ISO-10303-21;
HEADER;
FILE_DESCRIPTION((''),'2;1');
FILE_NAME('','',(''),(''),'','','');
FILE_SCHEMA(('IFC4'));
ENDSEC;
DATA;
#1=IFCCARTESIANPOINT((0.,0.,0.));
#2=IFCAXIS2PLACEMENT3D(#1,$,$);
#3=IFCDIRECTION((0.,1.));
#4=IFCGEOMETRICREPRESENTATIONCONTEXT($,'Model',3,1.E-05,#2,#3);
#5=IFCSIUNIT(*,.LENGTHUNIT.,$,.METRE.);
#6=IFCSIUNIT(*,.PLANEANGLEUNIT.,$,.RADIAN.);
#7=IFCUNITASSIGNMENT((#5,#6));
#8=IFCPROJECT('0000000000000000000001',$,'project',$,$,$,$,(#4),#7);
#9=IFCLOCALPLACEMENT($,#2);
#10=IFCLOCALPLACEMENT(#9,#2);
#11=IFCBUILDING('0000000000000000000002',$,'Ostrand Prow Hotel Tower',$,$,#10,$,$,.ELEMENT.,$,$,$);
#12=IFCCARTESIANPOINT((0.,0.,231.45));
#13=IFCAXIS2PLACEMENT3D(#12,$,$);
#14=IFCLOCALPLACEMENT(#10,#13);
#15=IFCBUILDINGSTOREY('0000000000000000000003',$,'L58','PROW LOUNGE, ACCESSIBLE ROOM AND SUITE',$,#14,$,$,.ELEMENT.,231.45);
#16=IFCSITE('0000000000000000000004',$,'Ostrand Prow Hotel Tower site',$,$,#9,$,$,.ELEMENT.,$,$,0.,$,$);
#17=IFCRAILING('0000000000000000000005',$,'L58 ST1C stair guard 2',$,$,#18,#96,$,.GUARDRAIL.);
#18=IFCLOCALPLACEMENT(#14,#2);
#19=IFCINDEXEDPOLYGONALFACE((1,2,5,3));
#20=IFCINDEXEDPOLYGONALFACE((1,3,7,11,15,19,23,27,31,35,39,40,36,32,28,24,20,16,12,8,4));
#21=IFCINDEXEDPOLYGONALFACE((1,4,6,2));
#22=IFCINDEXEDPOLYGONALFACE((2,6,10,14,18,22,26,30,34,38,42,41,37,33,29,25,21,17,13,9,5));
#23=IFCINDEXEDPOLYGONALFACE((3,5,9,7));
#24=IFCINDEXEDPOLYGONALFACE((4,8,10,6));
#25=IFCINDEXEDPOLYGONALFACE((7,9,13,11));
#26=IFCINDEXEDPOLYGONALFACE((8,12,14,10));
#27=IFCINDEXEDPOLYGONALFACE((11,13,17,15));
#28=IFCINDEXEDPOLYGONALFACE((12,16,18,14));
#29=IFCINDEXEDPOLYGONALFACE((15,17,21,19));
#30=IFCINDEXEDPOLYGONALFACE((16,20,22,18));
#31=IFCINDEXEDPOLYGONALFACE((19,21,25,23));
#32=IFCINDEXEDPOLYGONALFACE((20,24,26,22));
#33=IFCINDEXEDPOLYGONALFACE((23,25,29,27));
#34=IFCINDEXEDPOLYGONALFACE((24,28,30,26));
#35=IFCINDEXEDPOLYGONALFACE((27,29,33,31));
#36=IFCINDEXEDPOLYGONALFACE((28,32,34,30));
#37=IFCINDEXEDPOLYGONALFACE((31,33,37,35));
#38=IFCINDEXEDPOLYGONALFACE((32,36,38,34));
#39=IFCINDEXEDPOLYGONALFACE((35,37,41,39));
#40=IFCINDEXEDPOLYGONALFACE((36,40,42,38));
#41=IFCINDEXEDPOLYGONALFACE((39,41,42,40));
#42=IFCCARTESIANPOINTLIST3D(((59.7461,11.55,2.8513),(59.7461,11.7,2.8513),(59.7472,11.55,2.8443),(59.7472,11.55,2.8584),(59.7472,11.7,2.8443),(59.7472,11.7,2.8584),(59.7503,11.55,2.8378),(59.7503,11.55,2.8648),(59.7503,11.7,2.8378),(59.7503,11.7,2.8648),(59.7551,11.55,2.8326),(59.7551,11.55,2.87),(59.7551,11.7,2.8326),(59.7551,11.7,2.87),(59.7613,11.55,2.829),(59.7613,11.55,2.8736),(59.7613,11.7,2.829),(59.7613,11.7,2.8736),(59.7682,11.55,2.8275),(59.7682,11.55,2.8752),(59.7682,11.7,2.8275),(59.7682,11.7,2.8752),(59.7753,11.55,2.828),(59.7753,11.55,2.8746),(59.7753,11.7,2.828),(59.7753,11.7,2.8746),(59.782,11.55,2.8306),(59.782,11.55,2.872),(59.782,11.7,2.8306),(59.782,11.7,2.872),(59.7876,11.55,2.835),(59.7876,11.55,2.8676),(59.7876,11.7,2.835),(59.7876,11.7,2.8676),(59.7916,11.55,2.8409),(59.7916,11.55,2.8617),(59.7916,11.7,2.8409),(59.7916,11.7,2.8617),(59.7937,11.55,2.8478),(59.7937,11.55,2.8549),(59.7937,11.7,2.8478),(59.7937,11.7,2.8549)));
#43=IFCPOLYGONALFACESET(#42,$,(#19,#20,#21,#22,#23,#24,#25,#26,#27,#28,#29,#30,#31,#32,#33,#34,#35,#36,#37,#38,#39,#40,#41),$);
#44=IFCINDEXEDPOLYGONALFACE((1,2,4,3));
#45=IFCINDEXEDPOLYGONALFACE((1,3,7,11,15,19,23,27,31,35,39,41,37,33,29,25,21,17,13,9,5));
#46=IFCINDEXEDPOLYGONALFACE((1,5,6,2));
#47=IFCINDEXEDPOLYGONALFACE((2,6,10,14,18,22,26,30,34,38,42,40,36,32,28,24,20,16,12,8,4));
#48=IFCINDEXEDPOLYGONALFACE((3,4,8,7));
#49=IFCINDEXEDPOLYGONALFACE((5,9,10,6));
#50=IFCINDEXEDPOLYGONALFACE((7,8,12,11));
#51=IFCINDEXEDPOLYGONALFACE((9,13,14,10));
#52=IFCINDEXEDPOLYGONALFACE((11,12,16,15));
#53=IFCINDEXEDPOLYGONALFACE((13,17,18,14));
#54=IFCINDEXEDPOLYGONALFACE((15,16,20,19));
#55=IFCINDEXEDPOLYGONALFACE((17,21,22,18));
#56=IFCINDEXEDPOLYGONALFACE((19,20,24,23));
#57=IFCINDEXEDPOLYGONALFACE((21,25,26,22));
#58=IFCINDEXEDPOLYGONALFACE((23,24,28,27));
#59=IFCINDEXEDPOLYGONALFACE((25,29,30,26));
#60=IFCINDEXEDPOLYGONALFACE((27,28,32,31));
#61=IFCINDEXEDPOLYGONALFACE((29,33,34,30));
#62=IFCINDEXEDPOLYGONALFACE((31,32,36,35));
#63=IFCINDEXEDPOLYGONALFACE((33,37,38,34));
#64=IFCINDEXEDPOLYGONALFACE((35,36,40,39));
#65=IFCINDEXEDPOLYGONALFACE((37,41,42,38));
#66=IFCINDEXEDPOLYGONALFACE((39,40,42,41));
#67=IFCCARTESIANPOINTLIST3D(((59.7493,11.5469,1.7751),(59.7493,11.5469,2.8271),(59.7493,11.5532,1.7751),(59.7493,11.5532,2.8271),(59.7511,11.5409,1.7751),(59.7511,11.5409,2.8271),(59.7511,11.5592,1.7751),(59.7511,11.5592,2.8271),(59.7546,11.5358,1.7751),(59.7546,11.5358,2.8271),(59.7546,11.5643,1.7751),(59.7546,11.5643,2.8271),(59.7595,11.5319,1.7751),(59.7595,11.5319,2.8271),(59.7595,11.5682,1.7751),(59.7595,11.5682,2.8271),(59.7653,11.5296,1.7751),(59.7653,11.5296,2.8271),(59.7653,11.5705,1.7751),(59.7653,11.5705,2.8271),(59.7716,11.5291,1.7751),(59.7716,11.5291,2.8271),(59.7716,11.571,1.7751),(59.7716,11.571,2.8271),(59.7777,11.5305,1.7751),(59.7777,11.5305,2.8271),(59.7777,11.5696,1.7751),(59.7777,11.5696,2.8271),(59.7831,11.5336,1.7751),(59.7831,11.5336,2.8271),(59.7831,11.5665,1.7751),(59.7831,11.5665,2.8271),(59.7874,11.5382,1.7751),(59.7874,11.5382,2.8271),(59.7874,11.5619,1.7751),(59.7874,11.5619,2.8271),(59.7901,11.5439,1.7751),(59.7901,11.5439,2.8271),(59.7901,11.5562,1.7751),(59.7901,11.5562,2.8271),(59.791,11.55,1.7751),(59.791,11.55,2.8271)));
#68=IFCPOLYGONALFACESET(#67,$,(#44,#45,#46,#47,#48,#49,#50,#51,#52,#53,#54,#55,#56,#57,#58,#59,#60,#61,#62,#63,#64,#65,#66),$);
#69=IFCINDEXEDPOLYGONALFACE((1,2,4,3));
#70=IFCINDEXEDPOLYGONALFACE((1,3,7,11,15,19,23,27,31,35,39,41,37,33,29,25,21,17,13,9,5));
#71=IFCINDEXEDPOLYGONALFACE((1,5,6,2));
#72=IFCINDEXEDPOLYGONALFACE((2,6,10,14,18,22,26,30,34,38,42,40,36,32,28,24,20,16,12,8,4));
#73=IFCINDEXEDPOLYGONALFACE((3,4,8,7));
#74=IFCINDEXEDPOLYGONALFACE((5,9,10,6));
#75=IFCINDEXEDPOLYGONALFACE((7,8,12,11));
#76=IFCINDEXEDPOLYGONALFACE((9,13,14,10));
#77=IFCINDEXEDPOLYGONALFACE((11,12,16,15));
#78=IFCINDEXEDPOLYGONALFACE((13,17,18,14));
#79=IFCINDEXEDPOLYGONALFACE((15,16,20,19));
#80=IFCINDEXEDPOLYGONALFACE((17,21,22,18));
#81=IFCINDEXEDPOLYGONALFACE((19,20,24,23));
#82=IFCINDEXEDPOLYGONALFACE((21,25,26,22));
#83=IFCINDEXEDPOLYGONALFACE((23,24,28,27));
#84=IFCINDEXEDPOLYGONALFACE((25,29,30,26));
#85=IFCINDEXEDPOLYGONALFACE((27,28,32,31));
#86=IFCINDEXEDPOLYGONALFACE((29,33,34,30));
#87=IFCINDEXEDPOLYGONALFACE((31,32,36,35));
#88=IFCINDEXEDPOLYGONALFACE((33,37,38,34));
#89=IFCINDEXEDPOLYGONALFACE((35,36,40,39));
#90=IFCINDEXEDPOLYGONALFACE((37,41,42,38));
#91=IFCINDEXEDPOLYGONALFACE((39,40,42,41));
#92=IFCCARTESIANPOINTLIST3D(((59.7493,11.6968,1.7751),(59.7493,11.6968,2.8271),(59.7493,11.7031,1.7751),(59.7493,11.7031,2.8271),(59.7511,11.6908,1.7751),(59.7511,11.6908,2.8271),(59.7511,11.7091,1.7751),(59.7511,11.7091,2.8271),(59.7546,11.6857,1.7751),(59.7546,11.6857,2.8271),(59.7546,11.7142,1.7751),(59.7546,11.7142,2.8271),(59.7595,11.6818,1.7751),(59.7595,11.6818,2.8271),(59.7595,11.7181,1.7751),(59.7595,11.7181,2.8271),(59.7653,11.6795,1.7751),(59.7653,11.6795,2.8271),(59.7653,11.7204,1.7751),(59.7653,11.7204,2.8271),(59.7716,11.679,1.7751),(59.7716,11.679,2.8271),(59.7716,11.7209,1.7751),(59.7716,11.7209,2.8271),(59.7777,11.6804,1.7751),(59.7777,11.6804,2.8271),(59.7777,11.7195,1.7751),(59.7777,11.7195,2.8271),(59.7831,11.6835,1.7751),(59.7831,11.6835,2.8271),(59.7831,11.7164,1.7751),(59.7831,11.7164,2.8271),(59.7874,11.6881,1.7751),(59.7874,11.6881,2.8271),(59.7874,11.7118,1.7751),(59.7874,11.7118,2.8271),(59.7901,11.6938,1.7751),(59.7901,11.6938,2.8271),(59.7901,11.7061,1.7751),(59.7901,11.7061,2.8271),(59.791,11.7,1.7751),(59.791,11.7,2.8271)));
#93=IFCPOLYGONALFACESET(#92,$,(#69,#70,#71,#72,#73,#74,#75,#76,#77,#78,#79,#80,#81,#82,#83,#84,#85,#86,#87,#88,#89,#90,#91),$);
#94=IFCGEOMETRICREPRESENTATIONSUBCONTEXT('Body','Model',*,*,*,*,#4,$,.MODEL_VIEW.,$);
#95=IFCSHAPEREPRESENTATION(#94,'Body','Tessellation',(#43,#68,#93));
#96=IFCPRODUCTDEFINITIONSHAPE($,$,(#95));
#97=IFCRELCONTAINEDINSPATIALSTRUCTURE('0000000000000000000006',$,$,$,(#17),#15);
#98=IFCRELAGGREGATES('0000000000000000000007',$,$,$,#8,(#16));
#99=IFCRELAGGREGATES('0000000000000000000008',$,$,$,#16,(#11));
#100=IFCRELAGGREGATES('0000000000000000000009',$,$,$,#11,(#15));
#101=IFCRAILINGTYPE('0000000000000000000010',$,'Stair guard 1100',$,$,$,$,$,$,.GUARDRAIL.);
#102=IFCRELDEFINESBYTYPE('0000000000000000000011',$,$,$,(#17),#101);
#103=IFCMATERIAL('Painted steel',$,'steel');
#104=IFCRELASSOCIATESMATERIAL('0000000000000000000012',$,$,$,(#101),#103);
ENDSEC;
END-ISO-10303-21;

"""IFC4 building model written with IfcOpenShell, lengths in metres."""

from ifc_helpers import new_model, si_unit, direction, frame, origin, origin_2d, place, context, subcontext, project, spatial, circle, extrude, material, type_object, element, save


model = new_model("IFC4")

# Units and contexts
model_context = context("Model", 3, precision=1e-05, world=origin(), true_north=direction((0.0, 1.0)))
body_context = subcontext(model_context, "Body", "Model", "MODEL_VIEW")
ifc_project = project(units=[si_unit("LENGTHUNIT", "METRE"), si_unit("PLANEANGLEUNIT", "RADIAN")], contexts=[model_context])

# Site, building, storey
site_placement = place(None, origin())
site = spatial("IfcSite", under=ifc_project, at=site_placement, Name="Ostrand Prow Hotel Tower site", CompositionType="ELEMENT", RefElevation=0.0)
building_placement = place(site_placement, origin())
building = spatial("IfcBuilding", under=site, at=building_placement, Name="Ostrand Prow Hotel Tower", CompositionType="ELEMENT")
storey_placement = place(building_placement, frame((0.0, 0.0, 231.45)))
storey = spatial("IfcBuildingStorey", under=building, at=storey_placement, Name="L58", Description="PROW LOUNGE, ACCESSIBLE ROOM AND SUITE", CompositionType="ELEMENT", Elevation=231.45)

# Railing
ifc_material_1 = material(Name="Painted steel", Category="steel")
railing_type_1 = type_object("IfcRailingType", Name="Stair guard 1100", PredefinedType="GUARDRAIL", material=ifc_material_1)
railing_1_placement = place(storey_placement, frame((59.77, 11.55, 1.7751)))
element("IfcRailing", 1, at=railing_1_placement, inside=storey, type_object=railing_type_1, Name="L58 ST1C stair guard 2", PredefinedType="GUARDRAIL", context=body_context, shape_type="SweptSolid", body=[
    extrude(circle(Radius=0.0239, at=origin_2d()), frame((0.0, 0.0, 1.0762), z_axis=(0.0, 1.0, 0.0), x_axis=(-1.0, 0.0, 0.0)), (0.0, 0.0, 1.0), 0.1499),
    extrude(circle(Radius=0.021, at=origin_2d()), origin(), (0.0, 0.0, 1.0), 1.052),
    extrude(circle(Radius=0.021, at=origin_2d()), frame((0.0, 0.1499, 0.0)), (0.0, 0.0, 1.0), 1.052),
])

save(model, "model.ifc")
